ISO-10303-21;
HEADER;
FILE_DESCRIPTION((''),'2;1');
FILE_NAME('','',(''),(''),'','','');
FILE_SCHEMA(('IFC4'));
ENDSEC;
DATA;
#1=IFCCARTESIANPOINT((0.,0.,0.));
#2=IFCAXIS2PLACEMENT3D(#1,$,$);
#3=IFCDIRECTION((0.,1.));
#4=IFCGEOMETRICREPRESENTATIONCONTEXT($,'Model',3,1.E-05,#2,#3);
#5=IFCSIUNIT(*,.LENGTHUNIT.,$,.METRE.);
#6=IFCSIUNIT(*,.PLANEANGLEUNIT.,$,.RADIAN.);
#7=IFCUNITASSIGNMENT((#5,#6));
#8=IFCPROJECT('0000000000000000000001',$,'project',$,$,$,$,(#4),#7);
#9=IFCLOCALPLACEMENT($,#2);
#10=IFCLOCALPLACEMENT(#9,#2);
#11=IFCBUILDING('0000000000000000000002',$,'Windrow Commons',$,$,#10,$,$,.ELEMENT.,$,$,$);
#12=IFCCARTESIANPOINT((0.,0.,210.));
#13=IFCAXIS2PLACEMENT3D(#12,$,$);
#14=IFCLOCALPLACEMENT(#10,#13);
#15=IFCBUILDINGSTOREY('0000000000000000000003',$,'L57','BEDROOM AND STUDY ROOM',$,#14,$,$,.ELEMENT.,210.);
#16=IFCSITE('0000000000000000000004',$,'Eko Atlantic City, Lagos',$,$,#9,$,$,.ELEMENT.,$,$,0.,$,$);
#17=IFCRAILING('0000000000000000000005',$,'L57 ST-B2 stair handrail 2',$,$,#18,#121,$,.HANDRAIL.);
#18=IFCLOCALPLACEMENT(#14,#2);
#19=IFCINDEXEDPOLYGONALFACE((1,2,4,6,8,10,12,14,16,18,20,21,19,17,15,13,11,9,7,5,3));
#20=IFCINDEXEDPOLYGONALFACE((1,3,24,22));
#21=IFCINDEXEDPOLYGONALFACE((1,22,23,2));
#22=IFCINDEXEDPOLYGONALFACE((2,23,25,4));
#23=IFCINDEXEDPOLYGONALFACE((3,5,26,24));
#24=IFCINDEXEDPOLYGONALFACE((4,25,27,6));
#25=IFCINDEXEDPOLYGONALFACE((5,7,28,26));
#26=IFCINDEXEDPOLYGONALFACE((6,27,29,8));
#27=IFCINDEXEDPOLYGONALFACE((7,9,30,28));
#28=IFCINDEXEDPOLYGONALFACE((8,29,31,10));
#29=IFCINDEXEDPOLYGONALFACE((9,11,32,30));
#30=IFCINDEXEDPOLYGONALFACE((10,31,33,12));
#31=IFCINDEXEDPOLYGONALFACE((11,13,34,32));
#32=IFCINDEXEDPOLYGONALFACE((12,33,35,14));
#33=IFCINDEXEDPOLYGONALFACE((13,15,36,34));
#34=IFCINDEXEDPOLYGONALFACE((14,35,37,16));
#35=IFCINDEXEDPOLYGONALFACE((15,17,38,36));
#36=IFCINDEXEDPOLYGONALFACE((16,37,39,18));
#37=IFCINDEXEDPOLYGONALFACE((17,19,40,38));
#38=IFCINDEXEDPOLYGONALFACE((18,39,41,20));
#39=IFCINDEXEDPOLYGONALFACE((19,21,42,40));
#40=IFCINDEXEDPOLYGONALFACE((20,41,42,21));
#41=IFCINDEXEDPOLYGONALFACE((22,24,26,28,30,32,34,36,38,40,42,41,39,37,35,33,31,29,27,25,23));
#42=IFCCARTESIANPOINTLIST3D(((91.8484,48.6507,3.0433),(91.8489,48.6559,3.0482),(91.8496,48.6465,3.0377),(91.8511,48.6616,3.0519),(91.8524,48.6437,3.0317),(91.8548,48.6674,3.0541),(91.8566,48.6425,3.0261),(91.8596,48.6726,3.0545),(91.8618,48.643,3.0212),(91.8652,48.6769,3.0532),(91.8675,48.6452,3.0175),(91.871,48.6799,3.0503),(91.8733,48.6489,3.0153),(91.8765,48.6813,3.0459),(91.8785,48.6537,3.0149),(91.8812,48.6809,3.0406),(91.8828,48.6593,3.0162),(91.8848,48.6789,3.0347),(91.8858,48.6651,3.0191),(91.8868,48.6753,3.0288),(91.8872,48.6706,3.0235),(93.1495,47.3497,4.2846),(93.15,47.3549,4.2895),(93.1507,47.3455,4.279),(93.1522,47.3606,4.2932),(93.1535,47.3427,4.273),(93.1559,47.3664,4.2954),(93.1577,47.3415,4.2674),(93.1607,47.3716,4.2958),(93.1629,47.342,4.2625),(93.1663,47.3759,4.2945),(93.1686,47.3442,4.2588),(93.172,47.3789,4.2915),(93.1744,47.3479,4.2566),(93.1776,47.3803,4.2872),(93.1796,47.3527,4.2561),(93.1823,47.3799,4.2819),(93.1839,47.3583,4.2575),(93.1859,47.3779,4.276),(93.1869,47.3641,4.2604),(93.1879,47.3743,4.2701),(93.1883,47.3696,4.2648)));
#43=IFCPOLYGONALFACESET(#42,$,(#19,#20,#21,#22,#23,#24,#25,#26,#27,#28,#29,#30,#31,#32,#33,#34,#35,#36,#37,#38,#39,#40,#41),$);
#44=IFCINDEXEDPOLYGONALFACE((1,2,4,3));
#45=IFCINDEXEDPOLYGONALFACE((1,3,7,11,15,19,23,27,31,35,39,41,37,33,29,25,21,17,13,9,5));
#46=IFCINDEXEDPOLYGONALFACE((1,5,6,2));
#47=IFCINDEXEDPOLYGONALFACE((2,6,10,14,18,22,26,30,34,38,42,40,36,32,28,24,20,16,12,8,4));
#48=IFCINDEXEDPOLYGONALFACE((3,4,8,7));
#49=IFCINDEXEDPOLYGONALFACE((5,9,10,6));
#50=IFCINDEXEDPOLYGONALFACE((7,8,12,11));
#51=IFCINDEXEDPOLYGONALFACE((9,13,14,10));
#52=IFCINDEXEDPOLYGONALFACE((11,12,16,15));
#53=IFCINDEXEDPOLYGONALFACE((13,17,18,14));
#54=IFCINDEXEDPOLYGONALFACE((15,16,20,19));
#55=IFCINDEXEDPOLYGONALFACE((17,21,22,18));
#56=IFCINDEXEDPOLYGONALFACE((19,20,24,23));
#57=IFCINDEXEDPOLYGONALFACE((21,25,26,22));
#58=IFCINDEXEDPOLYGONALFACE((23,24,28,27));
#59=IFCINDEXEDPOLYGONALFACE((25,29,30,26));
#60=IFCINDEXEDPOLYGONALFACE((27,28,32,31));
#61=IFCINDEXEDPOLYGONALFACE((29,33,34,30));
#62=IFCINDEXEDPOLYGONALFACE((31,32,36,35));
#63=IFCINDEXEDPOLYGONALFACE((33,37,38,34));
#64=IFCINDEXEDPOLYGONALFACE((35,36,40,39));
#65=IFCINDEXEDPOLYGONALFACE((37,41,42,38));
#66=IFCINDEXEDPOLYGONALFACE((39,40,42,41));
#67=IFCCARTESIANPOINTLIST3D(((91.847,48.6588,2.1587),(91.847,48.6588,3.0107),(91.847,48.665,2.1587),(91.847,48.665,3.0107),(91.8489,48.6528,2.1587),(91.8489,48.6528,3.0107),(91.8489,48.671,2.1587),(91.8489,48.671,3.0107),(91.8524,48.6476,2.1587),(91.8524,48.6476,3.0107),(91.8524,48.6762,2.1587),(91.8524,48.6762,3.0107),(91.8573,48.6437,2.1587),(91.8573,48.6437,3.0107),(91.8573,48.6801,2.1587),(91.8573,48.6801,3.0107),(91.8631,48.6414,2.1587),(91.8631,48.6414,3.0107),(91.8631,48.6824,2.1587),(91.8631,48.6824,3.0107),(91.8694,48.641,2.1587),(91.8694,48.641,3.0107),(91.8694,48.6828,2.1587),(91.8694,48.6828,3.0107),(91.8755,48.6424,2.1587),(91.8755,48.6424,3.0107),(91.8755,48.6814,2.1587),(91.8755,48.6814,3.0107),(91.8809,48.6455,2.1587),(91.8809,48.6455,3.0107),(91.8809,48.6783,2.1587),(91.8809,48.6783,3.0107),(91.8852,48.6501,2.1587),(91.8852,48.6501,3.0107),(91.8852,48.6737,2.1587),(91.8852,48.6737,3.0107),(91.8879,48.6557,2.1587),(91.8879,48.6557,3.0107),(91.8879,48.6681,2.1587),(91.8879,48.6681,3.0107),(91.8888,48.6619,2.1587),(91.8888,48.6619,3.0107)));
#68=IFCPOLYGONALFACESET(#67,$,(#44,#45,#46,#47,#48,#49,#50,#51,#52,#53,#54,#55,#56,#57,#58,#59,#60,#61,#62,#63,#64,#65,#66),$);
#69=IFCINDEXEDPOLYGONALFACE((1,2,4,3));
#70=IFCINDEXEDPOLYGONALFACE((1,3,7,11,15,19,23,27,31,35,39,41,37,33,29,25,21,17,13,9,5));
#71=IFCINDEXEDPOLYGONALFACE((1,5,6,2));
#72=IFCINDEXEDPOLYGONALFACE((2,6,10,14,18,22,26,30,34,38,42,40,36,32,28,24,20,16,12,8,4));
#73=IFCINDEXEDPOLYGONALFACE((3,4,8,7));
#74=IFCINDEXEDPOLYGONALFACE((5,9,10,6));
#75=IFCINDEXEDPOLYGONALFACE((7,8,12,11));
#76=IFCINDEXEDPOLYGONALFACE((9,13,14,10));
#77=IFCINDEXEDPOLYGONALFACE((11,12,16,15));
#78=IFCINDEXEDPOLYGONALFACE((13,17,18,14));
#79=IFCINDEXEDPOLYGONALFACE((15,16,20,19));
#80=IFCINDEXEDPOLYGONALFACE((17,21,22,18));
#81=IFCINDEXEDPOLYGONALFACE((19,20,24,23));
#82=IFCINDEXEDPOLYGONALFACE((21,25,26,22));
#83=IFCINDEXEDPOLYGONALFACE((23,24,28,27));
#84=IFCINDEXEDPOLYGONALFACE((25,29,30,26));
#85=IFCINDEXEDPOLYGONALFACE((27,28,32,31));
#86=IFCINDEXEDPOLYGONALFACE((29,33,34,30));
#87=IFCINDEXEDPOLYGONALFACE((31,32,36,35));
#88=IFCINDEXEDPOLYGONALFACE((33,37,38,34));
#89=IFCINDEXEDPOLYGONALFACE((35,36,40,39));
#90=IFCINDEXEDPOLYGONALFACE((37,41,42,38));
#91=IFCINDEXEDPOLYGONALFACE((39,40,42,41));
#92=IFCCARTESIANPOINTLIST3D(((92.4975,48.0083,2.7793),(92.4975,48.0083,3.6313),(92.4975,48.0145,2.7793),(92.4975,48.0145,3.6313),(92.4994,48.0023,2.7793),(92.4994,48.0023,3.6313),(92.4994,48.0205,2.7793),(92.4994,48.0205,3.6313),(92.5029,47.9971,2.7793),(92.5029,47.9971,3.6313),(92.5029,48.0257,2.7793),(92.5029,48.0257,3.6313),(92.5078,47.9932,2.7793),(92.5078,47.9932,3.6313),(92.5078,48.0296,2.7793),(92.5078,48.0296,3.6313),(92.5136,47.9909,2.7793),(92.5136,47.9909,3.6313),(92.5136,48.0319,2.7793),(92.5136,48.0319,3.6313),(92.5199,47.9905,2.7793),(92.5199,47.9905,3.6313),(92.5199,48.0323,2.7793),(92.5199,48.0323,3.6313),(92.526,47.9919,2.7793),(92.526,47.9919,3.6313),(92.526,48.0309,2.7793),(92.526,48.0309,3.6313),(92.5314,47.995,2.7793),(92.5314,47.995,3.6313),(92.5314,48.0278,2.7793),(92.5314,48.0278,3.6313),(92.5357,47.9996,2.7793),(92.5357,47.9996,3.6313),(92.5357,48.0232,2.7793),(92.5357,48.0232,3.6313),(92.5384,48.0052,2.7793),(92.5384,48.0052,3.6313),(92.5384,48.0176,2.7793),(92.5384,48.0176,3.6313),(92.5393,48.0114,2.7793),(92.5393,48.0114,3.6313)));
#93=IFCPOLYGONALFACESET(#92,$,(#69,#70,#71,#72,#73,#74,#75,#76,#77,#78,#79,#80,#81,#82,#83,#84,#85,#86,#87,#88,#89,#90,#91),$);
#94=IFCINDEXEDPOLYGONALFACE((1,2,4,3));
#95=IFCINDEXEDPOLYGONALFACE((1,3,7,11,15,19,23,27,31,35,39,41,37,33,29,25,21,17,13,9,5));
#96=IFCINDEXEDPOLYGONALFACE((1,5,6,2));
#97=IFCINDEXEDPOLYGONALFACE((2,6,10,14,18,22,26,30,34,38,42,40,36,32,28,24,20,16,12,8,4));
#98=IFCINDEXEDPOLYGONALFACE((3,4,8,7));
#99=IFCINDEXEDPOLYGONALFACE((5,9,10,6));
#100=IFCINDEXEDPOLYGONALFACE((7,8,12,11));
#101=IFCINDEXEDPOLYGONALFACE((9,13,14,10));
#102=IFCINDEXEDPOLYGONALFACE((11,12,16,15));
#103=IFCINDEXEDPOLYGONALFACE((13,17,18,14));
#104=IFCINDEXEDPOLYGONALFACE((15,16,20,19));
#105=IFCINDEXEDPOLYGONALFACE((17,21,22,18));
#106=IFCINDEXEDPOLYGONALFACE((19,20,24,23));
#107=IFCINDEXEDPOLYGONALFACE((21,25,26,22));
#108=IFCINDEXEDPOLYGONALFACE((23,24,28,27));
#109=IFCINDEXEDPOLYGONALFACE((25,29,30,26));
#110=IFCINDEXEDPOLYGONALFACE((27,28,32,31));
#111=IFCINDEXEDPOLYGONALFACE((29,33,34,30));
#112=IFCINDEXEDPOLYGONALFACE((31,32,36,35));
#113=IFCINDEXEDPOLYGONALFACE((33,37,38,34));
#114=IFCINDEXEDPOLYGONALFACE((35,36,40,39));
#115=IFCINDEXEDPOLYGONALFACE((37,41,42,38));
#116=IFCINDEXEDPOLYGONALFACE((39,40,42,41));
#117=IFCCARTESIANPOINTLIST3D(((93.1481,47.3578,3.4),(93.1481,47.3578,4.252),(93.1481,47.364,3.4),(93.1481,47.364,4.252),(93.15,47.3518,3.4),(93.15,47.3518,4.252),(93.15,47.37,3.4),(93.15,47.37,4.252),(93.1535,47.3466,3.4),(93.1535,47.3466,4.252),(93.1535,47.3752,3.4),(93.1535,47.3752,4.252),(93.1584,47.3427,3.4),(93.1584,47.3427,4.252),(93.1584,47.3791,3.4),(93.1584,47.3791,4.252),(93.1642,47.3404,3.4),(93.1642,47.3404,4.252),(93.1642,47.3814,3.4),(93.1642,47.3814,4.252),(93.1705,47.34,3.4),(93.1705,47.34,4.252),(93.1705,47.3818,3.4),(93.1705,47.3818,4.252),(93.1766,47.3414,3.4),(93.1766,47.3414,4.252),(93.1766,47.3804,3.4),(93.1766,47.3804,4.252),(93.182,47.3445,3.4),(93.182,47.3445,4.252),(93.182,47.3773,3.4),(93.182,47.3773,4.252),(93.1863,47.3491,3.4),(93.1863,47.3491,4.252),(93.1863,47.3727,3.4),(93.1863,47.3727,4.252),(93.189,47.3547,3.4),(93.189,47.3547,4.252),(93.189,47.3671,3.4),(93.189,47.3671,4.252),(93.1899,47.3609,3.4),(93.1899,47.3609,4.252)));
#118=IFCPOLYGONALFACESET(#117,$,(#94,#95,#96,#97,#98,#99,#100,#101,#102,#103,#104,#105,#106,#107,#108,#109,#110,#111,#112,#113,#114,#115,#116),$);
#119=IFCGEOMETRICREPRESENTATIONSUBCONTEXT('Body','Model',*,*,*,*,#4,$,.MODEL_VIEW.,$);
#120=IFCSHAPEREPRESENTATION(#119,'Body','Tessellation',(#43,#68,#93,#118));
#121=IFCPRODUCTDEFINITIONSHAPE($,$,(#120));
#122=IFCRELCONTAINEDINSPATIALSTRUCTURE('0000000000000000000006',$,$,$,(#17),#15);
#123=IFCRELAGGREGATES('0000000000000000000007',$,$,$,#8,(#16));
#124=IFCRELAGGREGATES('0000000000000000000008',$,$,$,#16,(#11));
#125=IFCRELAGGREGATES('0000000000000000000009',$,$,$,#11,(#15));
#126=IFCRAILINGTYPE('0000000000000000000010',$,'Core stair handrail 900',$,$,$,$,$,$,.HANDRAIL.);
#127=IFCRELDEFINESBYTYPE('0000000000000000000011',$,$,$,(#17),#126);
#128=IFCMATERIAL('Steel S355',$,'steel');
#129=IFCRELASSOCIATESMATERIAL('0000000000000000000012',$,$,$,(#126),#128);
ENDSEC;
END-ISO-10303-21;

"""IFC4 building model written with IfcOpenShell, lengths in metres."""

from ifc_helpers import new_model, si_unit, direction, frame, origin, origin_2d, place, context, subcontext, project, spatial, circle, extrude, material, type_object, element, save


model = new_model("IFC4")

# Units and contexts
model_context = context("Model", 3, precision=1e-05, world=origin(), true_north=direction((0.0, 1.0)))
body_context = subcontext(model_context, "Body", "Model", "MODEL_VIEW")
ifc_project = project(units=[si_unit("LENGTHUNIT", "METRE"), si_unit("PLANEANGLEUNIT", "RADIAN")], contexts=[model_context])

# Site, building, storey
site_placement = place(None, origin())
site = spatial("IfcSite", under=ifc_project, at=site_placement, Name="Eko Atlantic City, Lagos", CompositionType="ELEMENT", RefElevation=0.0)
building_placement = place(site_placement, origin())
building = spatial("IfcBuilding", under=site, at=building_placement, Name="Windrow Commons", CompositionType="ELEMENT")
storey_placement = place(building_placement, frame((0.0, 0.0, 210.0)))
storey = spatial("IfcBuildingStorey", under=building, at=storey_placement, Name="L57", Description="BEDROOM AND STUDY ROOM", CompositionType="ELEMENT", Elevation=210.0)

# Railing
ifc_material_1 = material(Name="Steel S355", Category="steel")
railing_type_1 = type_object("IfcRailingType", Name="Core stair handrail 900", PredefinedType="HANDRAIL", material=ifc_material_1)
railing_1_placement = place(storey_placement, frame((91.8678, 48.6619, 2.1587)))
element("IfcRailing", 1, at=railing_1_placement, inside=storey, type_object=railing_type_1, Name="L57 ST-B2 stair handrail 2", PredefinedType="HANDRAIL", context=body_context, shape_type="SweptSolid", body=[
    extrude(circle(Radius=0.024, at=origin_2d()), frame((0.0, 0.0, 0.876), z_axis=(0.586207, -0.586162, 0.559264), x_axis=(0.70708, 0.707134, 0.0)), (0.0, 0.0, 1.0), 2.2195),
    extrude(circle(Radius=0.021, at=origin_2d()), origin(), (0.0, 0.0, 1.0), 0.852),
    extrude(circle(Radius=0.021, at=origin_2d()), frame((0.6505, -0.6505, 0.6206)), (0.0, 0.0, 1.0), 0.852),
    extrude(circle(Radius=0.021, at=origin_2d()), frame((1.3011, -1.301, 1.2413)), (0.0, 0.0, 1.0), 0.852),
])

save(model, "model.ifc")
